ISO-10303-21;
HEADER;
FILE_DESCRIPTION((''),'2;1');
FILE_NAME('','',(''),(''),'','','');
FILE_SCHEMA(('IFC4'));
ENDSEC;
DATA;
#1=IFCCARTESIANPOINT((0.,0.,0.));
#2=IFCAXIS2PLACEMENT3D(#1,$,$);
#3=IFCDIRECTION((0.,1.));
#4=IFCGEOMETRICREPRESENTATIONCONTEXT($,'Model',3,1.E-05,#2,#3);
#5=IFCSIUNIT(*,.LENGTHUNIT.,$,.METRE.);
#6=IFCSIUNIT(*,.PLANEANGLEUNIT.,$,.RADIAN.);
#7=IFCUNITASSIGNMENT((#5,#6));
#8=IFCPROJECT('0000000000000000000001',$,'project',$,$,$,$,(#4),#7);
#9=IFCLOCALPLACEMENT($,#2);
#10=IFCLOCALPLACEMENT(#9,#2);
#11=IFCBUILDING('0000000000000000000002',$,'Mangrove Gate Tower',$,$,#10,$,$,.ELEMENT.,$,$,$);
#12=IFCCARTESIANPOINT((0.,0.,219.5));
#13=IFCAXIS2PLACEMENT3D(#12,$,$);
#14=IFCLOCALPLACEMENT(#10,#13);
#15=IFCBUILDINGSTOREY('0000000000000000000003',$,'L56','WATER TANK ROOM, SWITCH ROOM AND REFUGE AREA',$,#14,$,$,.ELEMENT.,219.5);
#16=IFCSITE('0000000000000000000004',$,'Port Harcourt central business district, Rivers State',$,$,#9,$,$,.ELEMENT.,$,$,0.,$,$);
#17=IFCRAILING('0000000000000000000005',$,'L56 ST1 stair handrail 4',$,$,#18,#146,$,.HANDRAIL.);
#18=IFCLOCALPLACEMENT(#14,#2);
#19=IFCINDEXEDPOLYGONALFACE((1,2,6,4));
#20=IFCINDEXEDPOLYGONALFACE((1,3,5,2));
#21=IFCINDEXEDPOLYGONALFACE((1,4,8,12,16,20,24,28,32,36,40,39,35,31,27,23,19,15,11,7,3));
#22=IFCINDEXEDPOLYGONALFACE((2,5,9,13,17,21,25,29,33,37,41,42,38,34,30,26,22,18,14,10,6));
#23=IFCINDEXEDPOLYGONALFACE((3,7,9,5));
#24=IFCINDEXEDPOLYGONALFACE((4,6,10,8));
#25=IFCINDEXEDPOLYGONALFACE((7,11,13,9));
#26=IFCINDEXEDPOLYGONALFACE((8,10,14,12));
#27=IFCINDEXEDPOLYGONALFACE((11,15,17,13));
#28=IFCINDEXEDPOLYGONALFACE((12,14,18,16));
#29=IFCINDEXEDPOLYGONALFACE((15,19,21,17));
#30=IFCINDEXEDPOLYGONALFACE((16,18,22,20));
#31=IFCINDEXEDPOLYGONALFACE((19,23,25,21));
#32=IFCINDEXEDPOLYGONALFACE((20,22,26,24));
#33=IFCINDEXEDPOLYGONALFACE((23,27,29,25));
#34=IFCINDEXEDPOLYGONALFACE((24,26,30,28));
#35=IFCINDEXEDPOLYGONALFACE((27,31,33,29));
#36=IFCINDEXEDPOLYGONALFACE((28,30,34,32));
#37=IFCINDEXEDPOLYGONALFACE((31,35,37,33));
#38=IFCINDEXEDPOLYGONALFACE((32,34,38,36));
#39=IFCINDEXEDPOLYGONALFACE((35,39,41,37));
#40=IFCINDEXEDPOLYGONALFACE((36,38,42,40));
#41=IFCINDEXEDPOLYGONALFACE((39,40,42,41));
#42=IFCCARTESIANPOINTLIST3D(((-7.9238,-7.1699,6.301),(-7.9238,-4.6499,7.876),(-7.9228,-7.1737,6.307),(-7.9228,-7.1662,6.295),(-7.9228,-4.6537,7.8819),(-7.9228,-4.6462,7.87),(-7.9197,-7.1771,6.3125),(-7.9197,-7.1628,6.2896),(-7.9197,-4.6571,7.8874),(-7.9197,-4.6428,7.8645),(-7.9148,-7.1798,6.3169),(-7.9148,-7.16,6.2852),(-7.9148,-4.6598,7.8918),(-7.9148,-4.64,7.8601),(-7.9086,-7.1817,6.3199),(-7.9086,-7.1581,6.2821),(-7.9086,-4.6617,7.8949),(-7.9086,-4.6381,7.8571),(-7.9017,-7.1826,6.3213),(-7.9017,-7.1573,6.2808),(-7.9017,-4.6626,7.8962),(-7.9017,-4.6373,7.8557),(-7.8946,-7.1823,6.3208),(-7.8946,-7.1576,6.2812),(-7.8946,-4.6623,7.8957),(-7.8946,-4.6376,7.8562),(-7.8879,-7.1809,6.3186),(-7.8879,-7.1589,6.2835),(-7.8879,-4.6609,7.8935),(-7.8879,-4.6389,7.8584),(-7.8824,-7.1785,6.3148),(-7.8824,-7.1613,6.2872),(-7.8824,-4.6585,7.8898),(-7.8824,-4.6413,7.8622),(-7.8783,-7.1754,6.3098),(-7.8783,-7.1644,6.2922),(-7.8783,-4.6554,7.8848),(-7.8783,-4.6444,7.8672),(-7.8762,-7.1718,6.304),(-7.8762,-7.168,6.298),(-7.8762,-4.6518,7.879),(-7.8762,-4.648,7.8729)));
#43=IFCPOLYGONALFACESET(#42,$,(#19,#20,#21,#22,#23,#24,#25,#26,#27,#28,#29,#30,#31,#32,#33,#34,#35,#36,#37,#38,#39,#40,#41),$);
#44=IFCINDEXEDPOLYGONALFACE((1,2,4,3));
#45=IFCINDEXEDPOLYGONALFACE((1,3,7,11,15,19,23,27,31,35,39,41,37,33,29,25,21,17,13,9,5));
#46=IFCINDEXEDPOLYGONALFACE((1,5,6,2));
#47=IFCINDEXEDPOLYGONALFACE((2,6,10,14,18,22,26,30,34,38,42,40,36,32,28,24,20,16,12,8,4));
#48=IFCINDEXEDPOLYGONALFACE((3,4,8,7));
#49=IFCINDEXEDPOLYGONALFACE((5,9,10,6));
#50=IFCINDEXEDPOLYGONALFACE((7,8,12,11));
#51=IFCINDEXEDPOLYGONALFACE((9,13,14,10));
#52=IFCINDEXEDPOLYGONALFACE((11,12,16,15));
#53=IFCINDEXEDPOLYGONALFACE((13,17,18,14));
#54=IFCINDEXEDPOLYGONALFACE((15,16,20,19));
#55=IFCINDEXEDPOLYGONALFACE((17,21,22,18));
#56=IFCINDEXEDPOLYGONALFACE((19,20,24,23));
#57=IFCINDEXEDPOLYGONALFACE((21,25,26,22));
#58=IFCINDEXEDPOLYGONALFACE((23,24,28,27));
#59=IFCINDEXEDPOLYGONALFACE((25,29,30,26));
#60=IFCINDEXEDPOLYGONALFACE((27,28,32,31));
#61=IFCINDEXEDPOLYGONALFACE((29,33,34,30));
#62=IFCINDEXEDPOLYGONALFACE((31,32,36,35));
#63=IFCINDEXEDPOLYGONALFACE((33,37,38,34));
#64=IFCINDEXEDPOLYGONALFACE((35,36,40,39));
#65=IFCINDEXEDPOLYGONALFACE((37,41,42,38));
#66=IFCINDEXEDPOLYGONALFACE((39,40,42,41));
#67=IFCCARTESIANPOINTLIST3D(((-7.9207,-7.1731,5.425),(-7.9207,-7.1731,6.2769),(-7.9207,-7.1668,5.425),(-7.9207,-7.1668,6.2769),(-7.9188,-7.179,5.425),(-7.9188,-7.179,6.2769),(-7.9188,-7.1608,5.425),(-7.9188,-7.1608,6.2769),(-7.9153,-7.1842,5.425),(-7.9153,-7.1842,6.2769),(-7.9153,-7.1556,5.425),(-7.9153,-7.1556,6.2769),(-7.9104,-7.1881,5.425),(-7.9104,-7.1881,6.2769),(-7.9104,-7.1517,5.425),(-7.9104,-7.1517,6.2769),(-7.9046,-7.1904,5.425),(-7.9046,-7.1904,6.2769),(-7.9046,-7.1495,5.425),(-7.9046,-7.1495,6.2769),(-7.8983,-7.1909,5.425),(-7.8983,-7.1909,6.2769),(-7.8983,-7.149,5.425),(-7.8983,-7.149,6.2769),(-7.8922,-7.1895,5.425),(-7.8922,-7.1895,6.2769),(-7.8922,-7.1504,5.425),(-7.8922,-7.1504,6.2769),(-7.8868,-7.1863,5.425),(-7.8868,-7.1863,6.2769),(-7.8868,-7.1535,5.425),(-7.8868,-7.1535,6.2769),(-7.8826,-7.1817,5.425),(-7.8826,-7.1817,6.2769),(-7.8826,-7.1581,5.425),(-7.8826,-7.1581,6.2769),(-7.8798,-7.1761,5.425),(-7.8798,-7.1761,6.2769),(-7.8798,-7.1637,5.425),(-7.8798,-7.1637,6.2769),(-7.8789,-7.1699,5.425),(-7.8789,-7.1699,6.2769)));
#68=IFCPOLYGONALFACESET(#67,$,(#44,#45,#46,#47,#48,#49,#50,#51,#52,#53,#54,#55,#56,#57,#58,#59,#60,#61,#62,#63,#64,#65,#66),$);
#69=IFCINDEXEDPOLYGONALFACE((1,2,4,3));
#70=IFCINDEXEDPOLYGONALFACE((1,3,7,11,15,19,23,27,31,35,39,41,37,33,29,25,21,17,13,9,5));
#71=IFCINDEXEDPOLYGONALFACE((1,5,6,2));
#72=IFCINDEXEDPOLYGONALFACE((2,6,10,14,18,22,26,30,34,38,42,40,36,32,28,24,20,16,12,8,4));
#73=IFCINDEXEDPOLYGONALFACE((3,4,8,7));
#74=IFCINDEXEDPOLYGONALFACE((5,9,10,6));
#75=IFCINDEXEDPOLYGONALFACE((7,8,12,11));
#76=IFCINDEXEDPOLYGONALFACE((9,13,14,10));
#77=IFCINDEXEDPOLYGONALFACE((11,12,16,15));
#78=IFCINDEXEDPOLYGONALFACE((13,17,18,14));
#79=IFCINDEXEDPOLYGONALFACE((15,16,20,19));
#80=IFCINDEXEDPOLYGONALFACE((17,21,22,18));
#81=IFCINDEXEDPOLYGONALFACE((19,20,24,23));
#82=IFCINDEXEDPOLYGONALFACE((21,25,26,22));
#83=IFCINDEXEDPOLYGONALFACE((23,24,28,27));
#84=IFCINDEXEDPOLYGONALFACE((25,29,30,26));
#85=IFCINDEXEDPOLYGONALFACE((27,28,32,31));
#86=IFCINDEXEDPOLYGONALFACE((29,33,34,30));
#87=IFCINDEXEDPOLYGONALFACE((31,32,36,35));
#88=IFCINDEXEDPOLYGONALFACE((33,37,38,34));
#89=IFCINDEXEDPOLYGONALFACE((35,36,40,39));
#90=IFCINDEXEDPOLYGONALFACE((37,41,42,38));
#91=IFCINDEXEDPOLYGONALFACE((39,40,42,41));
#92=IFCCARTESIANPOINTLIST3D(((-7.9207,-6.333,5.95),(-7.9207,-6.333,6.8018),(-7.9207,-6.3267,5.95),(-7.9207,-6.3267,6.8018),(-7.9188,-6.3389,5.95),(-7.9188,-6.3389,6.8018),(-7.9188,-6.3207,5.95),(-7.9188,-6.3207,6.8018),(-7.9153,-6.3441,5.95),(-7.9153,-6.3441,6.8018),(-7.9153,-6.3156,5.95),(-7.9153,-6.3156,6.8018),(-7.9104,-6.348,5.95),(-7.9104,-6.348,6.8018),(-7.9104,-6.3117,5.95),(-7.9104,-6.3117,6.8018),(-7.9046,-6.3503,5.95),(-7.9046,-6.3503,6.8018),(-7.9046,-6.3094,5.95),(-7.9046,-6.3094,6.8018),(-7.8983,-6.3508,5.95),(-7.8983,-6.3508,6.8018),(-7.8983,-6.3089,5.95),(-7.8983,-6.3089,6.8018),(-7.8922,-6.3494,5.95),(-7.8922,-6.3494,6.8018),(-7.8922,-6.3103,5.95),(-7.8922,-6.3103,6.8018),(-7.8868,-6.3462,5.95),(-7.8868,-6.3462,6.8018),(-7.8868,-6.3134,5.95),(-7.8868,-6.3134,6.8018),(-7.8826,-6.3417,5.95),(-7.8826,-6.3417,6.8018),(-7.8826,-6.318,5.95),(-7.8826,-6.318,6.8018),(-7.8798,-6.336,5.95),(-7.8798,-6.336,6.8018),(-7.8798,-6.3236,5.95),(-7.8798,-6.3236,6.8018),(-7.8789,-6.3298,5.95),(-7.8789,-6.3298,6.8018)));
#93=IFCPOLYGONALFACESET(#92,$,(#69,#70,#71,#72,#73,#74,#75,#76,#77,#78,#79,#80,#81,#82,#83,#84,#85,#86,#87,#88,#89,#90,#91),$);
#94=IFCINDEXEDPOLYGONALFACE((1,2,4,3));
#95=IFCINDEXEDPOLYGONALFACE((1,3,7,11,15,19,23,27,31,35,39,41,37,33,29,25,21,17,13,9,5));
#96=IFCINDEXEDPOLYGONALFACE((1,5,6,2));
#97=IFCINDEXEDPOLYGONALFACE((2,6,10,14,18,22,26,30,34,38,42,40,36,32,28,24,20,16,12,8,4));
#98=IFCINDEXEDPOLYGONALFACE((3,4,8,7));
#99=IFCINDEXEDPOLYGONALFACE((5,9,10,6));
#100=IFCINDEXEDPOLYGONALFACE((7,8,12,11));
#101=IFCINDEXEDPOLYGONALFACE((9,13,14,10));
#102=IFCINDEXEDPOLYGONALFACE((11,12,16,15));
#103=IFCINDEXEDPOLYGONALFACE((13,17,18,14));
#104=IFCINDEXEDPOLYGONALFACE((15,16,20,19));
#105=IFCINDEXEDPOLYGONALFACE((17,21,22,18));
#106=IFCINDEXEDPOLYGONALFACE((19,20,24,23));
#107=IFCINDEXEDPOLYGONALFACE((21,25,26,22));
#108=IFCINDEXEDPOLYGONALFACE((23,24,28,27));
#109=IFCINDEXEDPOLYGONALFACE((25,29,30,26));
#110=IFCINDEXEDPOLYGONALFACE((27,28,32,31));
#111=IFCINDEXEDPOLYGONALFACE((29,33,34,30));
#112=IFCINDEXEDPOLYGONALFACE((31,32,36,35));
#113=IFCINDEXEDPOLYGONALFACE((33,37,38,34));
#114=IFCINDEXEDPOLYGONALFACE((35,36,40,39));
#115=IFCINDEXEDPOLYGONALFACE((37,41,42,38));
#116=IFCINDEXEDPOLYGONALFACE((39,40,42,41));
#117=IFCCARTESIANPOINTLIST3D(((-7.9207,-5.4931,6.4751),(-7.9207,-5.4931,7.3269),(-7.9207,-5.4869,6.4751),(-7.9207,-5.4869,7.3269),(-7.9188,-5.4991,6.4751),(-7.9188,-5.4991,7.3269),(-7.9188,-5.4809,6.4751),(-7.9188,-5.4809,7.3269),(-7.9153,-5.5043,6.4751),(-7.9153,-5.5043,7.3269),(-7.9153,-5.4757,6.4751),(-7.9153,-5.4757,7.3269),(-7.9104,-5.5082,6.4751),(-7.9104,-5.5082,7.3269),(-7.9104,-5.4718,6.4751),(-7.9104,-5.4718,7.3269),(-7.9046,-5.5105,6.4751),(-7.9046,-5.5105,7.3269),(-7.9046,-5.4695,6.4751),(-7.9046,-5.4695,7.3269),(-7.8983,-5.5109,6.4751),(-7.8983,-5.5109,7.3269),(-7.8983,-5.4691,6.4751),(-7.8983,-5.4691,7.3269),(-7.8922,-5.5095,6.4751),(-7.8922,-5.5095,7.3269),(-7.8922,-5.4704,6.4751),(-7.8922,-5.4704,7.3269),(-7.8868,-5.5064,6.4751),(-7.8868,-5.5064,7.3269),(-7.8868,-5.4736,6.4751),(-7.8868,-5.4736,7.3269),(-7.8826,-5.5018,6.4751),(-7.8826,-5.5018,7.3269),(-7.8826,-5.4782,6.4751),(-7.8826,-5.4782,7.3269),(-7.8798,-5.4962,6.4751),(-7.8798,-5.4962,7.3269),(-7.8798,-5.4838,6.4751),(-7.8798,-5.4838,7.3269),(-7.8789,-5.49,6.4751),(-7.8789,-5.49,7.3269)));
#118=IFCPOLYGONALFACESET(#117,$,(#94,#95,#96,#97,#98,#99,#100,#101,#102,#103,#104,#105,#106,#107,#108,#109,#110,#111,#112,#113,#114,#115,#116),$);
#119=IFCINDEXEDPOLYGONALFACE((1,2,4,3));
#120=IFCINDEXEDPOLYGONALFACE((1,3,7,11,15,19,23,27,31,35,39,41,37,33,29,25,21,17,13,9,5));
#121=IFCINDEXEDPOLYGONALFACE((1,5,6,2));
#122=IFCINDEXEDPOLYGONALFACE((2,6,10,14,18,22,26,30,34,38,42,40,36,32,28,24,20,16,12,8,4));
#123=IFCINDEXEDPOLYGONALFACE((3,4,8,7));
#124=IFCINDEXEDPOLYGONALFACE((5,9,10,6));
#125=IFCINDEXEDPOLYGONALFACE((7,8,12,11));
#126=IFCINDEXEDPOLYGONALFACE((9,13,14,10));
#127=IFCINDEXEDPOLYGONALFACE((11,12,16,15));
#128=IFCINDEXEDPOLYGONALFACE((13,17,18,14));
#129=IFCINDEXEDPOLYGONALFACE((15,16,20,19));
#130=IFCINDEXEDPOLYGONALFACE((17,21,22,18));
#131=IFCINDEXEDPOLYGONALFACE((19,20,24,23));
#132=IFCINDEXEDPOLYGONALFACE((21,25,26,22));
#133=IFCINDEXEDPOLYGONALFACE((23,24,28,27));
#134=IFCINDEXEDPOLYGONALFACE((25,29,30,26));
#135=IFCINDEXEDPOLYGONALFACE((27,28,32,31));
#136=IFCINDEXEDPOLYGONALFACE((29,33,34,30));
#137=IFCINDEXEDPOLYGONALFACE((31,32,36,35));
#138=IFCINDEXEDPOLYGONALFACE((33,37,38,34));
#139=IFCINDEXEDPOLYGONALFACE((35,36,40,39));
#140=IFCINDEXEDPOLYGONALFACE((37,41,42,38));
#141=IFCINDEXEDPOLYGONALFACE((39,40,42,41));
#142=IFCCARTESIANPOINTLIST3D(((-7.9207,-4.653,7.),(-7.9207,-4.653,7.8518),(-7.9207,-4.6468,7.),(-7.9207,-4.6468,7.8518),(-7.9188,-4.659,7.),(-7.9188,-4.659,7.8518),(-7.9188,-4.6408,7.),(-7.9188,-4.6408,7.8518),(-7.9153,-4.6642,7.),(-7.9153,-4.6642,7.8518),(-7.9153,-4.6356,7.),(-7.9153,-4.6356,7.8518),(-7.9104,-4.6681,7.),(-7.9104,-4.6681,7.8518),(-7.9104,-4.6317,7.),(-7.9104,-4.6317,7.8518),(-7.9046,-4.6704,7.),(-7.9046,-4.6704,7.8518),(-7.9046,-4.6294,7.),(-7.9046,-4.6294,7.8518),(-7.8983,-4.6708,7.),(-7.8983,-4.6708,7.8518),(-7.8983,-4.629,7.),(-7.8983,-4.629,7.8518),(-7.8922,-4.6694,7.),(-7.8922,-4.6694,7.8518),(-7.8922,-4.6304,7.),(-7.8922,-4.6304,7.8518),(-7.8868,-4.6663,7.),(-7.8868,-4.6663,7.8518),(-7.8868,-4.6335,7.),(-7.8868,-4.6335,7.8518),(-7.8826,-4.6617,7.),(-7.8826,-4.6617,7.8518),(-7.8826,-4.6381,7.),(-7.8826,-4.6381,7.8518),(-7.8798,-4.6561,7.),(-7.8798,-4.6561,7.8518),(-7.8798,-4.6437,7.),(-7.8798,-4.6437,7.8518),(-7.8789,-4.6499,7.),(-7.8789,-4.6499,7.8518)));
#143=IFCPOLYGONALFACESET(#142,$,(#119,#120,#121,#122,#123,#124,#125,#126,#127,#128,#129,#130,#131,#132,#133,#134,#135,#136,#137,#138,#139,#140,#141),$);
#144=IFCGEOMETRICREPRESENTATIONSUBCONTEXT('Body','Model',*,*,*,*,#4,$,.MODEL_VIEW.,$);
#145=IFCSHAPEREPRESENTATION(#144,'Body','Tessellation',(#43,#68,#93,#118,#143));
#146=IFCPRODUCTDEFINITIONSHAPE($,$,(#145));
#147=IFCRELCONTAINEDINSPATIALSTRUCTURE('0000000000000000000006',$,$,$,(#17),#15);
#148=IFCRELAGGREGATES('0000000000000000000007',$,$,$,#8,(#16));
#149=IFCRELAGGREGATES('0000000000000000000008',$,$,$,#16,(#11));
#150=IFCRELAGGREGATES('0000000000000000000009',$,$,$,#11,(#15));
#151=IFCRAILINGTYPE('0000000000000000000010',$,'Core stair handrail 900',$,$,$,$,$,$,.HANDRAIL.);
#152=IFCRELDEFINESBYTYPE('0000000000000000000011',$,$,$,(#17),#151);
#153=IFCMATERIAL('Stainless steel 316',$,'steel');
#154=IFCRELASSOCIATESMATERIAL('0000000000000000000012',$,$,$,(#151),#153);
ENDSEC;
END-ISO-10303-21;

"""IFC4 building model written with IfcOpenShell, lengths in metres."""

from ifc_helpers import new_model, si_unit, direction, frame, origin, origin_2d, place, context, subcontext, project, spatial, circle, extrude, material, type_object, element, save


model = new_model("IFC4")

# Units and contexts
model_context = context("Model", 3, precision=1e-05, world=origin(), true_north=direction((0.0, 1.0)))
body_context = subcontext(model_context, "Body", "Model", "MODEL_VIEW")
ifc_project = project(units=[si_unit("LENGTHUNIT", "METRE"), si_unit("PLANEANGLEUNIT", "RADIAN")], contexts=[model_context])

# Site, building, storey
site_placement = place(None, origin())
site = spatial("IfcSite", under=ifc_project, at=site_placement, Name="Port Harcourt central business district, Rivers State", CompositionType="ELEMENT", RefElevation=0.0)
building_placement = place(site_placement, origin())
building = spatial("IfcBuilding", under=site, at=building_placement, Name="Mangrove Gate Tower", CompositionType="ELEMENT")
storey_placement = place(building_placement, frame((0.0, 0.0, 219.5)))
storey = spatial("IfcBuildingStorey", under=building, at=storey_placement, Name="L56", Description="WATER TANK ROOM, SWITCH ROOM AND REFUGE AREA", CompositionType="ELEMENT", Elevation=219.5)

# Railing
ifc_material_1 = material(Name="Stainless steel 316", Category="steel")
railing_type_1 = type_object("IfcRailingType", Name="Core stair handrail 900", PredefinedType="HANDRAIL", material=ifc_material_1)
for number, where, name in (
    (1, (-7.8999, -7.1699, 5.425), "L56 ST1 stair handrail 4"),
):
    element("IfcRailing", number, at=place(storey_placement, frame(where)), inside=storey, type_object=railing_type_1, Name=name, PredefinedType="HANDRAIL", context=body_context, shape_type="SweptSolid", body=[
        extrude(circle(Radius=0.0239, at=origin_2d()), frame((0.0, 0.0, 0.876), z_axis=(0.0, 0.848008, 0.529984), x_axis=(-1.0, 0.0, 0.0)), (0.0, 0.0, 1.0), 2.9717),
        extrude(circle(Radius=0.021, at=origin_2d()), origin(), (0.0, 0.0, 1.0), 0.8518),
        extrude(circle(Radius=0.021, at=origin_2d()), frame((0.0, 0.8401, 0.5249)), (0.0, 0.0, 1.0), 0.8518),
        extrude(circle(Radius=0.021, at=origin_2d()), frame((0.0, 1.6799, 1.05)), (0.0, 0.0, 1.0), 0.8518),
        extrude(circle(Radius=0.021, at=origin_2d()), frame((0.0, 2.52, 1.575)), (0.0, 0.0, 1.0), 0.8518),
    ])

save(model, "model.ifc")
